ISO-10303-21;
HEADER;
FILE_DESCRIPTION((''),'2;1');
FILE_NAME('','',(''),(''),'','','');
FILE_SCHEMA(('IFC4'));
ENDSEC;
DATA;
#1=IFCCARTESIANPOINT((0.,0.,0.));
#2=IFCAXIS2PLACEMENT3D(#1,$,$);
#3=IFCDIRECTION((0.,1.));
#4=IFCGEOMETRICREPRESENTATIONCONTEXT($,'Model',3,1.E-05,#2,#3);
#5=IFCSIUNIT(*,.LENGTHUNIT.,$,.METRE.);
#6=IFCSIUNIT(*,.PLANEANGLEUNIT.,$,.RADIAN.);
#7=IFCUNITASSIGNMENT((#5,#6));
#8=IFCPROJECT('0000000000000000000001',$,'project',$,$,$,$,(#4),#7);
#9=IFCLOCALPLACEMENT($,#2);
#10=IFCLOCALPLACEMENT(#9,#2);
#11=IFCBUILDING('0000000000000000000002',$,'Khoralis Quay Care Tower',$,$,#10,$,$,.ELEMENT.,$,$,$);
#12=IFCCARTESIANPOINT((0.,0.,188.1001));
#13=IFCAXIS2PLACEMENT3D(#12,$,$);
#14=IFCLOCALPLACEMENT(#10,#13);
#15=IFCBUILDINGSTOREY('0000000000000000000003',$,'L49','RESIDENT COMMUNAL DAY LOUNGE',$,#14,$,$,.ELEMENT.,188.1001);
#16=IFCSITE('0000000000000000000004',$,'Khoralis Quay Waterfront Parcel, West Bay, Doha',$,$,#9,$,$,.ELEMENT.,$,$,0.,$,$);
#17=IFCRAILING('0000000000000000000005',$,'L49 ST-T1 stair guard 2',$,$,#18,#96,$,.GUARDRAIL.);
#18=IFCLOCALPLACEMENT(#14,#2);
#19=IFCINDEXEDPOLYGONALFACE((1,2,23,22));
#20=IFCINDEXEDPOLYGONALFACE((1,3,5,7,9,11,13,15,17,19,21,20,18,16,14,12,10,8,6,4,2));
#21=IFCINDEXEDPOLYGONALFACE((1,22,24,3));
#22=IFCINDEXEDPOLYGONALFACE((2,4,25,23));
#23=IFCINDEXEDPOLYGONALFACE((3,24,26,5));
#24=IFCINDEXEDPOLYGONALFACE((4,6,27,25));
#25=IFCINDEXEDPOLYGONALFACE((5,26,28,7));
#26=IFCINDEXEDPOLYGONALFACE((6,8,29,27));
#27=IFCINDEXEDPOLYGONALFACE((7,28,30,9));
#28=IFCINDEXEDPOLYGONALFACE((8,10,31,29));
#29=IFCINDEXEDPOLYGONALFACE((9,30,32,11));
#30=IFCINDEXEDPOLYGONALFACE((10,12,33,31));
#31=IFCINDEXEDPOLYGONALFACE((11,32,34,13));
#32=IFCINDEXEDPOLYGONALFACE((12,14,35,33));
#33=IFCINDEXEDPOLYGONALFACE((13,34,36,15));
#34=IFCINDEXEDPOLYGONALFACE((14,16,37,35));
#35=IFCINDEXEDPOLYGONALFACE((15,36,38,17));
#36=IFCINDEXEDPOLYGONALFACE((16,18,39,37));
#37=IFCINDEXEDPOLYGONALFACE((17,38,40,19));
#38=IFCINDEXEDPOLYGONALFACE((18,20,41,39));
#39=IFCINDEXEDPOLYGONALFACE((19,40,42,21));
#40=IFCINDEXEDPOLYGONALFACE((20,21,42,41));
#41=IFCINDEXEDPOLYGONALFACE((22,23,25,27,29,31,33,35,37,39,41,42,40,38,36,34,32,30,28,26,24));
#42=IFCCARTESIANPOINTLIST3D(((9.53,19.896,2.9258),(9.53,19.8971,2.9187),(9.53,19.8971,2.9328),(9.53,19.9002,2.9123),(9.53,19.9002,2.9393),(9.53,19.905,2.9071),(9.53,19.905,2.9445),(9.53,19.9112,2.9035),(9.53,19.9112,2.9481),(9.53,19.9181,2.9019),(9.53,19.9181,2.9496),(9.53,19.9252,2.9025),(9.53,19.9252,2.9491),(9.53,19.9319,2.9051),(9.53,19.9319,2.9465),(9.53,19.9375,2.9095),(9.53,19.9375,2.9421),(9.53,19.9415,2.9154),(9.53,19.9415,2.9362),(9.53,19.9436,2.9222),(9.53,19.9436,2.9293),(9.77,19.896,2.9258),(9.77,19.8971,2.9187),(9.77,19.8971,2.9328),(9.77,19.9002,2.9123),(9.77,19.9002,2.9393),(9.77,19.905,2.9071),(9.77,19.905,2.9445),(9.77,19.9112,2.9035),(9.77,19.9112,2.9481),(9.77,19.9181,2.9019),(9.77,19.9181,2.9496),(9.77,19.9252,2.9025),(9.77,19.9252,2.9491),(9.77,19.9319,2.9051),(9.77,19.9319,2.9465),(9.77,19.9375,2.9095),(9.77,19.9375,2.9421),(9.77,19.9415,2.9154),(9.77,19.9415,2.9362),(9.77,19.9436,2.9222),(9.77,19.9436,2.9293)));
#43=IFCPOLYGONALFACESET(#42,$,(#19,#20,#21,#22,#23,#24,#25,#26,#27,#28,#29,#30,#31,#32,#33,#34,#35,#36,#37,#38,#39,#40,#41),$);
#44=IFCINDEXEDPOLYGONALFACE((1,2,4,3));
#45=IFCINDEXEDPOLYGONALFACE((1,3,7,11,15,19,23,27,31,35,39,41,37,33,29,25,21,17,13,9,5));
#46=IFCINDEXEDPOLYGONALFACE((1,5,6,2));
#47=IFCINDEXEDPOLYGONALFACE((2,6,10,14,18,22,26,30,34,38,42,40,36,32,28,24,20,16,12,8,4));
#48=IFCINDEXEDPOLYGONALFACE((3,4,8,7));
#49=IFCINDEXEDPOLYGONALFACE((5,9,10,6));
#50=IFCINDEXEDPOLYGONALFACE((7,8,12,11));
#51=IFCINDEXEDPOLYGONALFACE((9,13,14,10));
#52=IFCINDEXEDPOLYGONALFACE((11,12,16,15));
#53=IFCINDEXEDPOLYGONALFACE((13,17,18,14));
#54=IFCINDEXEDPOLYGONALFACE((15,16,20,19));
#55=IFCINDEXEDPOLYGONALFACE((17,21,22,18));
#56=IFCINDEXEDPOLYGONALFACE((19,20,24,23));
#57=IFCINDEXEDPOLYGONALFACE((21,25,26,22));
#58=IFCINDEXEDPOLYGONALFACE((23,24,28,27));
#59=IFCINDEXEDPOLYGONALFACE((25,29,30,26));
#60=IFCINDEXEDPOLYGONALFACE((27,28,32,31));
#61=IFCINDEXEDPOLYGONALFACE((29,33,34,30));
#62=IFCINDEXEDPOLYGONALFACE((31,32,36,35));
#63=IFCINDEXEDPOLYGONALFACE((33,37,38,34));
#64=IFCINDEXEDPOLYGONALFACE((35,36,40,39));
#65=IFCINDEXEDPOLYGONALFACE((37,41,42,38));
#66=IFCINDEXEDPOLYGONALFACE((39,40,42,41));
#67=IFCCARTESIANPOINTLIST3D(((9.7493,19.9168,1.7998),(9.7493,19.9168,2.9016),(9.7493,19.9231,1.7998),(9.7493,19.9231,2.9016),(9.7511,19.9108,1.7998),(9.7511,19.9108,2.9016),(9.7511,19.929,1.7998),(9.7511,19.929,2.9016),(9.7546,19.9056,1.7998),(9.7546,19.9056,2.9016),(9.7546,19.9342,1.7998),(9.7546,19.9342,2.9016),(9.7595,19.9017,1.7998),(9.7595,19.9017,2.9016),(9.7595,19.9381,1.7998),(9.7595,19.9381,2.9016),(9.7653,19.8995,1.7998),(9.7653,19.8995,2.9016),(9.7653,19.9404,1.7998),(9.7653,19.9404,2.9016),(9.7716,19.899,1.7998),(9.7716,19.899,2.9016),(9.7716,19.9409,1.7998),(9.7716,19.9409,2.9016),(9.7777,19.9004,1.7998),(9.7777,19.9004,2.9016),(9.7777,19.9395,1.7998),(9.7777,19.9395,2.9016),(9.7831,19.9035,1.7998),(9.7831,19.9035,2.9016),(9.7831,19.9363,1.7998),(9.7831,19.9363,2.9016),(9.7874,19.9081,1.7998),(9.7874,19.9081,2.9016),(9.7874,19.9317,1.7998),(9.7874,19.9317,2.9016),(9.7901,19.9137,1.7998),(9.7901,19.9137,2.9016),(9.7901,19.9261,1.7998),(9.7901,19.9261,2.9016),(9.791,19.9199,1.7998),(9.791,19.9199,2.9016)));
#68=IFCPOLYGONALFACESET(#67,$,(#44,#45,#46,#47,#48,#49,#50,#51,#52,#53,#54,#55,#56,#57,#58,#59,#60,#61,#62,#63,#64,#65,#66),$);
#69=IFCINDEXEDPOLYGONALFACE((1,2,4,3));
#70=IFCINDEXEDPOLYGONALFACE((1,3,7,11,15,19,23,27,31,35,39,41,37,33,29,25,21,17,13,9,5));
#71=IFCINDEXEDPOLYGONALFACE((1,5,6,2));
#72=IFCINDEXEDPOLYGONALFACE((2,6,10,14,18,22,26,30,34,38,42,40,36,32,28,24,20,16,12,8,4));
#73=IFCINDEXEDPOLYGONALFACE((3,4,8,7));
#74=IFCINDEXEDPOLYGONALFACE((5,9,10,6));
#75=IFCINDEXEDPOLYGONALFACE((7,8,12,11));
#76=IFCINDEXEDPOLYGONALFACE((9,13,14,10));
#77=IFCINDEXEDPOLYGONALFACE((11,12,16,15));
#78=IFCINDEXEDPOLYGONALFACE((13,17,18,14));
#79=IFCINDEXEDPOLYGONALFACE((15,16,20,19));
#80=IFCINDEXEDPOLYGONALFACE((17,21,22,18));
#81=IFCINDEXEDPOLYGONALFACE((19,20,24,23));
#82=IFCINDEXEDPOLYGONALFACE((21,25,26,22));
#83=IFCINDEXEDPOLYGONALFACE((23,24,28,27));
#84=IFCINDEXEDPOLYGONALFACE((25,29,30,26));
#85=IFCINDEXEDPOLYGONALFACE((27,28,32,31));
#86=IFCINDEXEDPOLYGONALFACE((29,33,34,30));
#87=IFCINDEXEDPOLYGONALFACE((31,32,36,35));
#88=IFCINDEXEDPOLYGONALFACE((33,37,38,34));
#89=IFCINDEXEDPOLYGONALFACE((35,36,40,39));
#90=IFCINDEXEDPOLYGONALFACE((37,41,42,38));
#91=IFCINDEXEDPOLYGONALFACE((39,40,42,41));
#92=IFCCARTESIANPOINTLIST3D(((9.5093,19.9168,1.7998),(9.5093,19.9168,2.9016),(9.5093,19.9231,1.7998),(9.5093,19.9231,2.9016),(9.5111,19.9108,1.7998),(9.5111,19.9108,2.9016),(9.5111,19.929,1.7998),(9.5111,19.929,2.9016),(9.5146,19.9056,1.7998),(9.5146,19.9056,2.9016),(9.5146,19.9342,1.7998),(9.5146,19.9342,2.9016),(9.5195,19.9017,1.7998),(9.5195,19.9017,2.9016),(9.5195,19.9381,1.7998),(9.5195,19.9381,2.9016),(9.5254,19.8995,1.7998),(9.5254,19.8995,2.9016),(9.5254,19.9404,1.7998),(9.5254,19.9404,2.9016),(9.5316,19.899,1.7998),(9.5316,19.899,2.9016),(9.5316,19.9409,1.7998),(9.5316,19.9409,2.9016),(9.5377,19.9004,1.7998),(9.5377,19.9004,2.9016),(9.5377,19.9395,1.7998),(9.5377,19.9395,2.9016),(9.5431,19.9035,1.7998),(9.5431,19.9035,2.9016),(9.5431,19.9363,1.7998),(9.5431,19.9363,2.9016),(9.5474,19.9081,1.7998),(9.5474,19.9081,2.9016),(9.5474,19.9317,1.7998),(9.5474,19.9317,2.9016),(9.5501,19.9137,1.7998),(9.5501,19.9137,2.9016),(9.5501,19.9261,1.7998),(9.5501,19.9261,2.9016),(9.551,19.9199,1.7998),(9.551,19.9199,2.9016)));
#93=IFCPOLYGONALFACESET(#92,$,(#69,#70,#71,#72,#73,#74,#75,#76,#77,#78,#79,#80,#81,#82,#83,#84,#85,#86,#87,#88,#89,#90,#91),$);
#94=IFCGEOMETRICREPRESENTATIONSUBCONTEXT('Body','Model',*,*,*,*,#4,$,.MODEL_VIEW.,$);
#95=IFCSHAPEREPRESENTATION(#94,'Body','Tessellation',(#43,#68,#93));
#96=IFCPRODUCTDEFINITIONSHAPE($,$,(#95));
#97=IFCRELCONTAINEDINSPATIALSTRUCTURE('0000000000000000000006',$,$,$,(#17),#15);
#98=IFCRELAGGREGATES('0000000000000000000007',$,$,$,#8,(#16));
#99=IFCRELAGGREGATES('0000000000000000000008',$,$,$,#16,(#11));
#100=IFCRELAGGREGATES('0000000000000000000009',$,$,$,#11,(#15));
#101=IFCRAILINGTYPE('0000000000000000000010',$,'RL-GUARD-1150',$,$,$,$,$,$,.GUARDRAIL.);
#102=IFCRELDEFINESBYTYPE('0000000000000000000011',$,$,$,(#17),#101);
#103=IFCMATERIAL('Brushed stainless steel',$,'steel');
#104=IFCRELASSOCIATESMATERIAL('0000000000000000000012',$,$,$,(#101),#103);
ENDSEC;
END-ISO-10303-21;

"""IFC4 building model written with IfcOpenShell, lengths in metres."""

from ifc_helpers import new_model, si_unit, direction, frame, origin, origin_2d, place, context, subcontext, project, spatial, circle, extrude, material, type_object, element, save


model = new_model("IFC4")

# Units and contexts
model_context = context("Model", 3, precision=1e-05, world=origin(), true_north=direction((0.0, 1.0)))
body_context = subcontext(model_context, "Body", "Model", "MODEL_VIEW")
ifc_project = project(units=[si_unit("LENGTHUNIT", "METRE"), si_unit("PLANEANGLEUNIT", "RADIAN")], contexts=[model_context])

# Site, building, storey
site_placement = place(None, origin())
site = spatial("IfcSite", under=ifc_project, at=site_placement, Name="Khoralis Quay Waterfront Parcel, West Bay, Doha", CompositionType="ELEMENT", RefElevation=0.0)
building_placement = place(site_placement, origin())
building = spatial("IfcBuilding", under=site, at=building_placement, Name="Khoralis Quay Care Tower", CompositionType="ELEMENT")
storey_placement = place(building_placement, frame((0.0, 0.0, 188.1001)))
storey = spatial("IfcBuildingStorey", under=building, at=storey_placement, Name="L49", Description="RESIDENT COMMUNAL DAY LOUNGE", CompositionType="ELEMENT", Elevation=188.1001)

# Railing
ifc_material_1 = material(Name="Brushed stainless steel", Category="steel")
railing_type_1 = type_object("IfcRailingType", Name="RL-GUARD-1150", PredefinedType="GUARDRAIL", material=ifc_material_1)
railing_1_placement = place(storey_placement, frame((9.77, 19.9199, 1.7998)))
element("IfcRailing", 1, at=railing_1_placement, inside=storey, type_object=railing_type_1, Name="L49 ST-T1 stair guard 2", PredefinedType="GUARDRAIL", context=body_context, shape_type="SweptSolid", body=[
    extrude(circle(Radius=0.0239, at=origin_2d()), frame((0.0, 0.0, 1.126), z_axis=(-1.0, 0.0, 0.0), x_axis=(0.0, -1.0, 0.0)), (0.0, 0.0, 1.0), 0.24),
    extrude(circle(Radius=0.021, at=origin_2d()), origin(), (0.0, 0.0, 1.0), 1.1018),
    extrude(circle(Radius=0.021, at=origin_2d()), frame((-0.24, 0.0, 0.0)), (0.0, 0.0, 1.0), 1.1018),
])

save(model, "model.ifc")
